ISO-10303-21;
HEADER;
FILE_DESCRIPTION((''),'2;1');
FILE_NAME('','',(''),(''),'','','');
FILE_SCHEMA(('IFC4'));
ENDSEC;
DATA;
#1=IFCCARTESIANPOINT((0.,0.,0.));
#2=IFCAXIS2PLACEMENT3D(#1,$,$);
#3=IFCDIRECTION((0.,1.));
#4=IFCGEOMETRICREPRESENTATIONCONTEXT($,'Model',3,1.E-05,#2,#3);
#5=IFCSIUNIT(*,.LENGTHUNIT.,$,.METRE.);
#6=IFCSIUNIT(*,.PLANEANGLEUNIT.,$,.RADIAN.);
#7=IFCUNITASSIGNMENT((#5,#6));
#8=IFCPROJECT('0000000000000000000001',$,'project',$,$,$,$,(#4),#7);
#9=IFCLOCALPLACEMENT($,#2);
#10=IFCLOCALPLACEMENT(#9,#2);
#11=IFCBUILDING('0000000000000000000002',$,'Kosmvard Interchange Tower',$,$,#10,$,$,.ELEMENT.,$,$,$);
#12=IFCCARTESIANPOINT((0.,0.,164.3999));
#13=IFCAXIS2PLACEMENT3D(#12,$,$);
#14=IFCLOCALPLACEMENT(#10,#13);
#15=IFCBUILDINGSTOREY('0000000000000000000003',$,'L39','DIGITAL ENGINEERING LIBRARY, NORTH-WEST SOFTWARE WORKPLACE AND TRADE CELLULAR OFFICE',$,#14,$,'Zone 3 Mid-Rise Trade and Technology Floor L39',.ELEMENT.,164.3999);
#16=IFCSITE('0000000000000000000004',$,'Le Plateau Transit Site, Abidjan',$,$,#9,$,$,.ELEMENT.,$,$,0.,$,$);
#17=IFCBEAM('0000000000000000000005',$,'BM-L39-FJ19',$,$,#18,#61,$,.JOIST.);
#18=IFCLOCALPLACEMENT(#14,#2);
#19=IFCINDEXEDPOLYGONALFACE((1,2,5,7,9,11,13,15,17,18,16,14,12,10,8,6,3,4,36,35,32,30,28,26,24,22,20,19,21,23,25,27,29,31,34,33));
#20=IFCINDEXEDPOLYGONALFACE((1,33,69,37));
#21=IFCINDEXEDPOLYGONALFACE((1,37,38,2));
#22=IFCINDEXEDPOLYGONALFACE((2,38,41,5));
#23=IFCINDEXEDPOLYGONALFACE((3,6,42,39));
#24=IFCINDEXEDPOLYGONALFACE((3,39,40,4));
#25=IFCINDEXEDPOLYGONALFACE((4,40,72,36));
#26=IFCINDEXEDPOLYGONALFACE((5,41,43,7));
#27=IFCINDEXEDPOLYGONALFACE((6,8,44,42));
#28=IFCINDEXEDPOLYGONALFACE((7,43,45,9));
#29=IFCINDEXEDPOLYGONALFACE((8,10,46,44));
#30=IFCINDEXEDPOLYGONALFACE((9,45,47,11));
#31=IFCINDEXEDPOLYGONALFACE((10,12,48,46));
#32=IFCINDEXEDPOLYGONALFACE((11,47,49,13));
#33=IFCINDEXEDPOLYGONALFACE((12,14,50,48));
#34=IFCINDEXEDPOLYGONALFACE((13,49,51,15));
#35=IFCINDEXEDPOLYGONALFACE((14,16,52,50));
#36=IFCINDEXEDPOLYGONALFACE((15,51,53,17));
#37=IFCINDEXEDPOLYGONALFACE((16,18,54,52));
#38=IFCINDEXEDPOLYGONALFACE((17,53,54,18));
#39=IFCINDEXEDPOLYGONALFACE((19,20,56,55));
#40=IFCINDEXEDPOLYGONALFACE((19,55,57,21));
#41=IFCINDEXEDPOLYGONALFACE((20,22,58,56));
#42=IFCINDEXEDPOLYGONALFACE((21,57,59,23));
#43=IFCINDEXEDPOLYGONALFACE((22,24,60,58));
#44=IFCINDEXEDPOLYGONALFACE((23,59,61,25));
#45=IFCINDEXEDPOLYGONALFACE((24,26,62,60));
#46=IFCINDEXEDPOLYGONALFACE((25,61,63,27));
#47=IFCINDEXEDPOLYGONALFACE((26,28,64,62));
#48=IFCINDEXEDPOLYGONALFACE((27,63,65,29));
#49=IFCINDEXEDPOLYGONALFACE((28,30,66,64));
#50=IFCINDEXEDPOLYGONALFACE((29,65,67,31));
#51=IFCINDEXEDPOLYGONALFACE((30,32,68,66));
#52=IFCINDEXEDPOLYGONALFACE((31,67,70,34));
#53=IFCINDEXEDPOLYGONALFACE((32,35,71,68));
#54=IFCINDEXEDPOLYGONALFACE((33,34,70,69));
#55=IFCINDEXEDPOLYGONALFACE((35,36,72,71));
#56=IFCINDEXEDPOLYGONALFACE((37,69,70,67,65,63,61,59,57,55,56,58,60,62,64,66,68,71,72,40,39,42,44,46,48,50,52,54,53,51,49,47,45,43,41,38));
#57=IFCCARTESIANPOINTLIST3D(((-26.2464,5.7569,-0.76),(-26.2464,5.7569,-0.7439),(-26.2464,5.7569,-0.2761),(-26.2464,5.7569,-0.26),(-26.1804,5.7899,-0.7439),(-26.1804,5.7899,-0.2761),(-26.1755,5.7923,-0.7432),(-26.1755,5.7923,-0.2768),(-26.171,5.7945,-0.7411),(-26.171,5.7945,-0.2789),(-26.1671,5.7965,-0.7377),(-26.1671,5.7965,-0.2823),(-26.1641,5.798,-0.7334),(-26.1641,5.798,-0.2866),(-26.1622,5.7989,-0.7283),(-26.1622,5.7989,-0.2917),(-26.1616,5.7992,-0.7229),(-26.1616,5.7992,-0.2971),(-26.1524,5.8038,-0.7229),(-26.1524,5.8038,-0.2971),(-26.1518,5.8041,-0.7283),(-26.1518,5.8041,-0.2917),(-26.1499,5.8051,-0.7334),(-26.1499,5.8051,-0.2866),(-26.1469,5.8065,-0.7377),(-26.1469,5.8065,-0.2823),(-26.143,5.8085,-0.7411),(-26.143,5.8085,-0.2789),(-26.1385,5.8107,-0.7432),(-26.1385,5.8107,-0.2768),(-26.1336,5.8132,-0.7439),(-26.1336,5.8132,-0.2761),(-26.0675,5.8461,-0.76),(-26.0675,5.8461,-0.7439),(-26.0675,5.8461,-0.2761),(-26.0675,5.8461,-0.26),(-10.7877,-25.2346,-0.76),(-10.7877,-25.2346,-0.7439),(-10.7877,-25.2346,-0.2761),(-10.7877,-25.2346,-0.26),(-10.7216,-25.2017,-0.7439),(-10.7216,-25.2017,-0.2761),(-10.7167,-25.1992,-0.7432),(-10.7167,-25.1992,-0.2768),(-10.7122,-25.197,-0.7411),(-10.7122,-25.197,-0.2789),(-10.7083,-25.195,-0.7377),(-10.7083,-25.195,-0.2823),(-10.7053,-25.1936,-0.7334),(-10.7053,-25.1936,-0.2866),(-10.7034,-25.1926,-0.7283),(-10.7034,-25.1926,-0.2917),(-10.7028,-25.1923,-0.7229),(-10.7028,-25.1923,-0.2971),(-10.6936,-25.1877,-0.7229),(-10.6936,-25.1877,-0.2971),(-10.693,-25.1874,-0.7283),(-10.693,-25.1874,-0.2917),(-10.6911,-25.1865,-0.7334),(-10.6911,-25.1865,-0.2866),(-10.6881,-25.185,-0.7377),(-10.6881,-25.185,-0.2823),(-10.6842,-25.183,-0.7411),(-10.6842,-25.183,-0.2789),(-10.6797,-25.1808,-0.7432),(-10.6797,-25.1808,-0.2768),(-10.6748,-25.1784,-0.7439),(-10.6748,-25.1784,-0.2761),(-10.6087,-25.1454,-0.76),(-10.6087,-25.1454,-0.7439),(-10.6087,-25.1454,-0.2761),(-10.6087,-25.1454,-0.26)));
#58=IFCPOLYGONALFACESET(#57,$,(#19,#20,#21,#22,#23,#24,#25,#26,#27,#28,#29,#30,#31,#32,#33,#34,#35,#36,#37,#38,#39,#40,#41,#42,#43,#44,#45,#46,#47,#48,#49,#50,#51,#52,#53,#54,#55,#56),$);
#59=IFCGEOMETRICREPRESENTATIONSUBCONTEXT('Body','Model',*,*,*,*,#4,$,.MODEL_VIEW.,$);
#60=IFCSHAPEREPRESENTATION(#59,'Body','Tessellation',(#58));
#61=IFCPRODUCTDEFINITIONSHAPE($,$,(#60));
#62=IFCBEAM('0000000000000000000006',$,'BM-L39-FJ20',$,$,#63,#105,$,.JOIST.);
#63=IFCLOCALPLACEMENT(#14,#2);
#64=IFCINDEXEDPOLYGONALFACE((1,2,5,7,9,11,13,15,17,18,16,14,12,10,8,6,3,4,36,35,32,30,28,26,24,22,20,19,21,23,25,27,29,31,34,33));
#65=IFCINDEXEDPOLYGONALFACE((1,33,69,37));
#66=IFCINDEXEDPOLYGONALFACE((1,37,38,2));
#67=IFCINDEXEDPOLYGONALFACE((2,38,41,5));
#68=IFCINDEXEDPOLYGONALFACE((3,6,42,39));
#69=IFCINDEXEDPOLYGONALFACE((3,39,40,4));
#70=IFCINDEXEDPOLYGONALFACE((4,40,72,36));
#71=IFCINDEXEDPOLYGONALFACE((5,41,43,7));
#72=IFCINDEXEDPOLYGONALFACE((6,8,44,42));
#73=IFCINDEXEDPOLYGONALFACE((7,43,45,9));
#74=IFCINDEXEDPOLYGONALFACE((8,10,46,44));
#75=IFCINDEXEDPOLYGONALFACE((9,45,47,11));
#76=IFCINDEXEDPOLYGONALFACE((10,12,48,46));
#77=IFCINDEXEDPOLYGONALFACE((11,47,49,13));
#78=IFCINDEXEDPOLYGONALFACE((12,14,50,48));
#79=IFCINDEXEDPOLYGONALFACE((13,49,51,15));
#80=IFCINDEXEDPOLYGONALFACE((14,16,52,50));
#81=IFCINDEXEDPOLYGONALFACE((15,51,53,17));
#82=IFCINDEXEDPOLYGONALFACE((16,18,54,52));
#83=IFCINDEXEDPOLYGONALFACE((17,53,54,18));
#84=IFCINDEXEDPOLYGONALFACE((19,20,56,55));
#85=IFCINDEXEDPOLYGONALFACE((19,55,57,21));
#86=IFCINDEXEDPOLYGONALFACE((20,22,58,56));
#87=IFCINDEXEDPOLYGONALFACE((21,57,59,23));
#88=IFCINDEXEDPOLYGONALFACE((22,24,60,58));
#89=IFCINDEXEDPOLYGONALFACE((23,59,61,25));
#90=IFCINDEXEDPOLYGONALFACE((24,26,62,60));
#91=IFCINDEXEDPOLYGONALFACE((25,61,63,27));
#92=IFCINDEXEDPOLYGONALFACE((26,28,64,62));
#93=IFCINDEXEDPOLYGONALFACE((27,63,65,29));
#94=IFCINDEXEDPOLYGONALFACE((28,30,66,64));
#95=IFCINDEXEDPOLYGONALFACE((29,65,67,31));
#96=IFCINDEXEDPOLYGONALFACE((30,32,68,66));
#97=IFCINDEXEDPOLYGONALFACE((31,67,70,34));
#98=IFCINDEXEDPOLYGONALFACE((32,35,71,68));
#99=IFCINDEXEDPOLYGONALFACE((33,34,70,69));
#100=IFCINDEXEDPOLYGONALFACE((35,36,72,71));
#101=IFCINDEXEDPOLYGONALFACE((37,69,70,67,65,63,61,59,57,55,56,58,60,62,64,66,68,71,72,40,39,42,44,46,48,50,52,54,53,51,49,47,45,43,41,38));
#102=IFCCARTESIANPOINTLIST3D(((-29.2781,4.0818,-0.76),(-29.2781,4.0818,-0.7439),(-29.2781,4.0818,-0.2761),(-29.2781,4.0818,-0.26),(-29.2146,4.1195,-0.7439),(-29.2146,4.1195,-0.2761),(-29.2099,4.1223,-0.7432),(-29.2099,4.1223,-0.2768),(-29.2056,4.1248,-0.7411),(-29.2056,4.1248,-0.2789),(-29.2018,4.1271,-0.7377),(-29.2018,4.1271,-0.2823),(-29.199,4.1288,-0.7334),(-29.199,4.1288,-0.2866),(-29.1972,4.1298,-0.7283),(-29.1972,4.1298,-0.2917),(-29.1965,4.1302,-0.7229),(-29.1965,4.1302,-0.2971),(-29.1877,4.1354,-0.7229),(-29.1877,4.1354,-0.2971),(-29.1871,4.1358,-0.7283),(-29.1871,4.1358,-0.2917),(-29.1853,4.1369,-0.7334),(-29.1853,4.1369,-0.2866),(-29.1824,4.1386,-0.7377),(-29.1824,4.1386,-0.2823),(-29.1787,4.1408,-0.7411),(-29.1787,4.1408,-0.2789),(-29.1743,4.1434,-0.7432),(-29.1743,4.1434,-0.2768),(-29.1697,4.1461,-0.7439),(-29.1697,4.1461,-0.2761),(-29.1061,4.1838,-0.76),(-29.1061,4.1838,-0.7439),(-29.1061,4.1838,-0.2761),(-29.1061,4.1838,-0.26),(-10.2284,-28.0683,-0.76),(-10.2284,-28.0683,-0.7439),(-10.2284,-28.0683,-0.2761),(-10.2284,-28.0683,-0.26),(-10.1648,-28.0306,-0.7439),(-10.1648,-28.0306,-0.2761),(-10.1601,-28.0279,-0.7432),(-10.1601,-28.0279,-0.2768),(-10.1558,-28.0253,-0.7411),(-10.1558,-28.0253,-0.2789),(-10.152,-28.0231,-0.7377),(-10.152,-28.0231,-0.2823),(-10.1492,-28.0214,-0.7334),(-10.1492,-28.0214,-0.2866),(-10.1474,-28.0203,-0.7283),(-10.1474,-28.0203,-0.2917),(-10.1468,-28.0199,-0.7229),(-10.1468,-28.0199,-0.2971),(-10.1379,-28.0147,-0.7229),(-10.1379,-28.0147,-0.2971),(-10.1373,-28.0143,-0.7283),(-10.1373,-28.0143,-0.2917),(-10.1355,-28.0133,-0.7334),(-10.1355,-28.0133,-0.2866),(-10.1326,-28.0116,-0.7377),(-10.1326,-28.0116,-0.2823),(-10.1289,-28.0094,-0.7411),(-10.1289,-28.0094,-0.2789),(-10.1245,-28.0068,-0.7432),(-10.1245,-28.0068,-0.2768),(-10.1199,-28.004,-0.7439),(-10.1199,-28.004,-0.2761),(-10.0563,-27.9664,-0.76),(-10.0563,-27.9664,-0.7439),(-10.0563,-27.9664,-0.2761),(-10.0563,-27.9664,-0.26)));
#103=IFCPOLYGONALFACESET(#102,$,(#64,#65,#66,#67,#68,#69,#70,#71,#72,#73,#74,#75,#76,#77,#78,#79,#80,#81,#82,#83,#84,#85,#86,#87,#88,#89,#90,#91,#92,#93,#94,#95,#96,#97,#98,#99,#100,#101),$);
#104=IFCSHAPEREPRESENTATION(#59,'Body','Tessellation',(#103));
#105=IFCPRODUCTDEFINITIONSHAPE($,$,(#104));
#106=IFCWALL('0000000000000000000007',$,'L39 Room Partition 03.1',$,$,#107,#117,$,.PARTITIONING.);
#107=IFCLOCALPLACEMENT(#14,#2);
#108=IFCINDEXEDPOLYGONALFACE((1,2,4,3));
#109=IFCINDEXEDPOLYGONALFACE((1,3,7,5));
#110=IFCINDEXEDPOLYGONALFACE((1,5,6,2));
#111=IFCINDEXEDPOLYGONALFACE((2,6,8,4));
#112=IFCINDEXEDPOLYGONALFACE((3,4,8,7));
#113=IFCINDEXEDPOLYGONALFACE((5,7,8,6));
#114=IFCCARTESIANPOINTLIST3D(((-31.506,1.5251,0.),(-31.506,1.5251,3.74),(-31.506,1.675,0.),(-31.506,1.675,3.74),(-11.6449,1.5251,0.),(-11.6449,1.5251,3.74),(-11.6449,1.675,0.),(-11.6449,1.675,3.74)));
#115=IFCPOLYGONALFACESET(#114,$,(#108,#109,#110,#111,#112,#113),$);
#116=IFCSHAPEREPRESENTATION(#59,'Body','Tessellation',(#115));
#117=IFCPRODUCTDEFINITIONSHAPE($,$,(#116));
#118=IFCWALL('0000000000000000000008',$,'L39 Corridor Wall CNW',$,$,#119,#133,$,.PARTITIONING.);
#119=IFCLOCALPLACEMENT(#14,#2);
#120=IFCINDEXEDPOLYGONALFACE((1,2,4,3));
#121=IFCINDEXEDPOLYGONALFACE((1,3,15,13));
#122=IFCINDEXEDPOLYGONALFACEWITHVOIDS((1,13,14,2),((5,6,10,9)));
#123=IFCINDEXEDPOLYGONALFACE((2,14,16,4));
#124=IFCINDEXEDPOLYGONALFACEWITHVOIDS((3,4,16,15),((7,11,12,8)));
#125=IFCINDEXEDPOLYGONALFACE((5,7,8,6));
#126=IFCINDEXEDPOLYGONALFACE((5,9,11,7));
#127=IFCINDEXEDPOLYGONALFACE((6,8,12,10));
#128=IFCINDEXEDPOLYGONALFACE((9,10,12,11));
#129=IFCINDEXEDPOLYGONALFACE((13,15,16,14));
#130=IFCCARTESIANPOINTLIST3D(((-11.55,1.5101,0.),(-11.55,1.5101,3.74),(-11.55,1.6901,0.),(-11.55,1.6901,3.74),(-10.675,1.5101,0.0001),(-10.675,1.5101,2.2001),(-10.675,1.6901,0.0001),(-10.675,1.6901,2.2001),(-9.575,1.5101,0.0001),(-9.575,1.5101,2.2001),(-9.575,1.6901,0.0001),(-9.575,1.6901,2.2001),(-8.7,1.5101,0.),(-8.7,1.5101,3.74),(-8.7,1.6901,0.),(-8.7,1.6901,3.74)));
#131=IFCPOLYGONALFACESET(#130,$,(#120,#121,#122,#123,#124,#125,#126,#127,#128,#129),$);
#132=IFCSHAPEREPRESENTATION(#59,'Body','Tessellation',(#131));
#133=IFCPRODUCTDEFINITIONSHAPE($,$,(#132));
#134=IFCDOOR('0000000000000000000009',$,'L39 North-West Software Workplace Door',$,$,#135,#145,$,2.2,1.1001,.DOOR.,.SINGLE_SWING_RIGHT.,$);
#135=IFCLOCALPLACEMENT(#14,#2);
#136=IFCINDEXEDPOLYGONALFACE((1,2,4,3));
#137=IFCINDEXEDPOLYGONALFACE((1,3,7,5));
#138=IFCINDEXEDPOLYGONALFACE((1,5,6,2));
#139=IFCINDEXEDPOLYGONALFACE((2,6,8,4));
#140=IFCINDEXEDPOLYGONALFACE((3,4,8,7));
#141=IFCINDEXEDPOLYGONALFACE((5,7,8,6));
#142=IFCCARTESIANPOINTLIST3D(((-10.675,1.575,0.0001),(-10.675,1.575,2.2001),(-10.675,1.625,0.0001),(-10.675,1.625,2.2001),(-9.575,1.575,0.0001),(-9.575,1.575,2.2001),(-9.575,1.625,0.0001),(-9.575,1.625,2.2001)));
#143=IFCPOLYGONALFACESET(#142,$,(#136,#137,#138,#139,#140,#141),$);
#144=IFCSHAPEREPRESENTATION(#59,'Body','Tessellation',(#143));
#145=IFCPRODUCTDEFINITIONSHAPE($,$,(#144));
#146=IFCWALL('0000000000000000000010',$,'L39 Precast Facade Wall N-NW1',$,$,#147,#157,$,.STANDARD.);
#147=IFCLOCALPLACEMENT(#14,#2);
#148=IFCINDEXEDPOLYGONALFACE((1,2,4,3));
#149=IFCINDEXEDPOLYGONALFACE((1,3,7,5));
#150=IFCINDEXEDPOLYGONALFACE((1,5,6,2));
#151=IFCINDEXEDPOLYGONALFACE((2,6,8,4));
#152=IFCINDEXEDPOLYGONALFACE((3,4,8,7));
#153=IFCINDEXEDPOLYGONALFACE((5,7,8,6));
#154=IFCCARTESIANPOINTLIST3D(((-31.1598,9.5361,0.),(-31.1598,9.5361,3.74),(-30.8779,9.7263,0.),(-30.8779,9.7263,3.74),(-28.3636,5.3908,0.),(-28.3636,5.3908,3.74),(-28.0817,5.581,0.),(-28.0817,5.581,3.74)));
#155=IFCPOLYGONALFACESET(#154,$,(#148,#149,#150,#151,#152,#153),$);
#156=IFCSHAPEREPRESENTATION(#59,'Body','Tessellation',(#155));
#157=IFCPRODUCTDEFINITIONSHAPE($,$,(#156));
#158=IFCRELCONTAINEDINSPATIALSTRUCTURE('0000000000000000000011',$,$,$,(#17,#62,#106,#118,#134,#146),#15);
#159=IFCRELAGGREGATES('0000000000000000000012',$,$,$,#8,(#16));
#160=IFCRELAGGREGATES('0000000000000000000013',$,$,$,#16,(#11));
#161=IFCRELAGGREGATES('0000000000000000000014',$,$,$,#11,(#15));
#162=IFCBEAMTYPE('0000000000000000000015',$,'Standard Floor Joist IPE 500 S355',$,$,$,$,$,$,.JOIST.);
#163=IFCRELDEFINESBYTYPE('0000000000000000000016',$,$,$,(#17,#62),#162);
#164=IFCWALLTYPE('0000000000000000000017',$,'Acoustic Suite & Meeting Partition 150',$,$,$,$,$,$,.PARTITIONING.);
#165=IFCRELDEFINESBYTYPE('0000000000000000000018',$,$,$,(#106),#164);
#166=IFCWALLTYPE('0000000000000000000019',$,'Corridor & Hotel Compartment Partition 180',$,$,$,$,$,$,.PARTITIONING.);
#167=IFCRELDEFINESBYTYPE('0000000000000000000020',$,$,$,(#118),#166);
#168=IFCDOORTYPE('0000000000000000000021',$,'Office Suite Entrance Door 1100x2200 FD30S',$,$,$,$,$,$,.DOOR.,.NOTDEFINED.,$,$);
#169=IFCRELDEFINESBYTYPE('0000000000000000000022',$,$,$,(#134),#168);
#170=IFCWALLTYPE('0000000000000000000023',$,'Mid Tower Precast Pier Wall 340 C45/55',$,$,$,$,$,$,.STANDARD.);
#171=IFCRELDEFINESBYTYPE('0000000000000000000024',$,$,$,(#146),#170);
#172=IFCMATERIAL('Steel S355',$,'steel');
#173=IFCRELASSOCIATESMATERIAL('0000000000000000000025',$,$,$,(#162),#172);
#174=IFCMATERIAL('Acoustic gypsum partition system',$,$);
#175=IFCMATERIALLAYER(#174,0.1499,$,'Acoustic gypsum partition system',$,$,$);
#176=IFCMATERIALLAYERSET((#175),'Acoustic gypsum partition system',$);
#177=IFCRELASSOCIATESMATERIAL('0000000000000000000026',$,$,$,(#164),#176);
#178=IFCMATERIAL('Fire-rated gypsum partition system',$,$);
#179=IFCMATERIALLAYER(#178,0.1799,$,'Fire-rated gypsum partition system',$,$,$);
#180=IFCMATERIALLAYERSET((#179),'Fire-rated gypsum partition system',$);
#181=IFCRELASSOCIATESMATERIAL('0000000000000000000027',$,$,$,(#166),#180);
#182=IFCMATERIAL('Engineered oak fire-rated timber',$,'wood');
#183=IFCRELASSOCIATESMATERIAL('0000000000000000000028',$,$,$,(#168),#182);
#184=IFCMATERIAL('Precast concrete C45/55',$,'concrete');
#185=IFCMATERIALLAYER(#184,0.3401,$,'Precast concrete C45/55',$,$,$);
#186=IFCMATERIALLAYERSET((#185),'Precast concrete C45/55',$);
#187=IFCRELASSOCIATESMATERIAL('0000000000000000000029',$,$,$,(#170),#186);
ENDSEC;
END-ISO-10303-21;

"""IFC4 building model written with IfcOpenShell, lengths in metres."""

from ifc_helpers import new_model, si_unit, direction, frame, frame_2d, origin, origin_2d, place, context, subcontext, project, spatial, rectangle, i_section, extrude, source, transform, mapped, material, layer, layer_set, material_profile, profile_set, type_object, element, fill, save


model = new_model("IFC4")

# Units and contexts
model_context = context("Model", 3, precision=1e-05, world=origin(), true_north=direction((0.0, 1.0)))
body_context = subcontext(model_context, "Body", "Model", "MODEL_VIEW")
ifc_project = project(units=[si_unit("LENGTHUNIT", "METRE"), si_unit("PLANEANGLEUNIT", "RADIAN")], contexts=[model_context])

# Site, building, storey
site_placement = place(None, origin())
site = spatial("IfcSite", under=ifc_project, at=site_placement, Name="Le Plateau Transit Site, Abidjan", CompositionType="ELEMENT", RefElevation=0.0)
building_placement = place(site_placement, origin())
building = spatial("IfcBuilding", under=site, at=building_placement, Name="Kosmvard Interchange Tower", CompositionType="ELEMENT")
storey_placement = place(building_placement, frame((0.0, 0.0, 164.3999)))
storey = spatial("IfcBuildingStorey", under=building, at=storey_placement, Name="L39", Description="DIGITAL ENGINEERING LIBRARY, NORTH-WEST SOFTWARE WORKPLACE AND TRADE CELLULAR OFFICE", LongName="Zone 3 Mid-Rise Trade and Technology Floor L39", CompositionType="ELEMENT", Elevation=164.3999)

# Beams
ifc_material_1 = material(Name="Steel S355", Category="steel")
ifc_material_2 = material(Name="Precast concrete C45/55", Category="concrete")
ifc_material_profile_1 = material_profile(ifc_material_1, i_section(OverallWidth=0.2, OverallDepth=0.5, WebThickness=0.0103, FlangeThickness=0.0161, FilletRadius=0.021, at=origin_2d()), Name="IPE 500")
ifc_profile_set_1 = profile_set([ifc_material_profile_1], Name="Steel S355")
beam_type_1 = type_object("IfcBeamType", Name="Standard Floor Joist IPE 500 S355", PredefinedType="JOIST", material=ifc_profile_set_1)
shared_shape_1 = source(origin(), body_context, "Body", "SweptSolid", [
    extrude(i_section(OverallWidth=0.2, OverallDepth=0.5, WebThickness=0.0103, FlangeThickness=0.0161, FilletRadius=0.021, at=origin_2d()), origin(), (0.0, 0.0, 1.0), 34.6331),
])
beam_1_placement = place(storey_placement, frame((-26.157, 5.8015, -0.51), z_axis=(0.446359, -0.894854, 0.0), x_axis=(0.894854, 0.446359, 0.0)))
element("IfcBeam", 1, at=beam_1_placement, inside=storey, type_object=beam_type_1, Name="BM-L39-FJ19", PredefinedType="JOIST", context=body_context, shape_type="MappedRepresentation", body=[
    mapped(shared_shape_1, transform((0.0, 0.0, 0.0), scale=1.0)),
])
shared_shape_2 = source(origin(), body_context, "Body", "SweptSolid", [
    extrude(i_section(OverallWidth=0.2, OverallDepth=0.5, WebThickness=0.0103, FlangeThickness=0.0161, FilletRadius=0.021, at=origin_2d()), origin(), (0.0, 0.0, 1.0), 37.3701),
])
beam_2_placement = place(storey_placement, frame((-29.1921, 4.1328, -0.51), z_axis=(0.50976, -0.860317, 0.0), x_axis=(0.860317, 0.50976, 0.0)))
element("IfcBeam", 2, at=beam_2_placement, inside=storey, type_object=beam_type_1, Name="BM-L39-FJ20", PredefinedType="JOIST", context=body_context, shape_type="MappedRepresentation", body=[
    mapped(shared_shape_2, transform((0.0, 0.0, 0.0), scale=1.0)),
])

# Wall
ifc_material_3 = material(Name="Acoustic gypsum partition system")
ifc_layer_1 = layer(ifc_material_3, 0.1499, Name="Acoustic gypsum partition system")
ifc_layer_set_1 = layer_set([ifc_layer_1], Name="Acoustic gypsum partition system")
wall_type_1 = type_object("IfcWallType", Name="Acoustic Suite & Meeting Partition 150", PredefinedType="PARTITIONING", material=ifc_layer_set_1)
wall_1_placement = place(storey_placement, frame((-31.5061, 1.6001, 0.0), z_axis=(0.0, 0.0, 1.0), x_axis=(1.0, 0.0, 0.0)))
element("IfcWall", 3, at=wall_1_placement, inside=storey, type_object=wall_type_1, Name="L39 Room Partition 03.1", PredefinedType="PARTITIONING", context=body_context, shape_type="SweptSolid", body=[
    extrude(rectangle(XDim=19.8611, YDim=0.1499, at=frame_2d((9.9307, 0.0))), origin(), (0.0, 0.0, 1.0), 3.74),
])

# Wall, opening, door
ifc_material_4 = material(Name="Fire-rated gypsum partition system")
ifc_layer_2 = layer(ifc_material_4, 0.1799, Name="Fire-rated gypsum partition system")
ifc_layer_set_2 = layer_set([ifc_layer_2], Name="Fire-rated gypsum partition system")
wall_type_2 = type_object("IfcWallType", Name="Corridor & Hotel Compartment Partition 180", PredefinedType="PARTITIONING", material=ifc_layer_set_2)
wall_2_placement = place(storey_placement, frame((-11.55, 1.6001, 0.0), z_axis=(0.0, 0.0, 1.0), x_axis=(1.0, 0.0, 0.0)))
wall_2 = element("IfcWall", 4, at=wall_2_placement, inside=storey, type_object=wall_type_2, Name="L39 Corridor Wall CNW", PredefinedType="PARTITIONING", context=body_context, shape_type="SweptSolid", body=[
    extrude(rectangle(XDim=2.8501, YDim=0.1799, at=frame_2d((1.425, 0.0))), origin(), (0.0, 0.0, 1.0), 3.74),
])
opening_1_placement = place(wall_2_placement, frame((0.875, 0.0, 0.0)))
opening_1 = element("IfcOpeningElement", 5, at=opening_1_placement, cuts=wall_2, PredefinedType="OPENING", context=body_context, shape_type="SweptSolid", body=[
    extrude(rectangle(XDim=1.1001, YDim=2.2, at=frame_2d((0.55, 1.1001))), frame((0.0, 0.1001, 0.0), z_axis=(0.0, -1.0, 0.0), x_axis=(1.0, 0.0, 0.0)), (0.0, 0.0, 1.0), 0.2),
])
ifc_material_5 = material(Name="Engineered oak fire-rated timber", Category="wood")
door_type = type_object("IfcDoorType", Name="Office Suite Entrance Door 1100x2200 FD30S", OperationType="NOTDEFINED", PredefinedType="DOOR", material=ifc_material_5)
shared_shape_3 = source(origin(), body_context, "Body", "SweptSolid", [
    extrude(rectangle(XDim=1.1001, YDim=2.2, at=frame_2d((0.55, 1.1001))), frame((0.0, 0.0249, 0.0), z_axis=(0.0, -1.0, 0.0), x_axis=(1.0, 0.0, 0.0)), (0.0, 0.0, 1.0), 0.05),
])
door_placement = place(opening_1_placement, origin())
door = element("IfcDoor", 6, at=door_placement, inside=storey, type_object=door_type, Name="L39 North-West Software Workplace Door", OperationType="SINGLE_SWING_RIGHT", OverallHeight=2.2, OverallWidth=1.1001, PredefinedType="DOOR", context=body_context, shape_type="MappedRepresentation", body=[
    mapped(shared_shape_3, transform((0.0, 0.0, 0.0), scale=1.0)),
])
fill(opening_1, door)

# Wall
ifc_layer_3 = layer(ifc_material_2, 0.3401, Name="Precast concrete C45/55")
ifc_layer_set_3 = layer_set([ifc_layer_3], Name="Precast concrete C45/55")
wall_type_3 = type_object("IfcWallType", Name="Mid Tower Precast Pier Wall 340 C45/55", PredefinedType="STANDARD", material=ifc_layer_set_3)
wall_3_placement = place(storey_placement, frame((-31.0188, 9.6311, 0.0), z_axis=(0.0, 0.0, 1.0), x_axis=(0.55921, -0.829026, 0.0)))
element("IfcWall", 7, at=wall_3_placement, inside=storey, type_object=wall_type_3, Name="L39 Precast Facade Wall N-NW1", PredefinedType="STANDARD", context=body_context, shape_type="SweptSolid", body=[
    extrude(rectangle(XDim=5.0002, YDim=0.3401, at=frame_2d((2.5, 0.0))), origin(), (0.0, 0.0, 1.0), 3.74),
])

save(model, "model.ifc")
